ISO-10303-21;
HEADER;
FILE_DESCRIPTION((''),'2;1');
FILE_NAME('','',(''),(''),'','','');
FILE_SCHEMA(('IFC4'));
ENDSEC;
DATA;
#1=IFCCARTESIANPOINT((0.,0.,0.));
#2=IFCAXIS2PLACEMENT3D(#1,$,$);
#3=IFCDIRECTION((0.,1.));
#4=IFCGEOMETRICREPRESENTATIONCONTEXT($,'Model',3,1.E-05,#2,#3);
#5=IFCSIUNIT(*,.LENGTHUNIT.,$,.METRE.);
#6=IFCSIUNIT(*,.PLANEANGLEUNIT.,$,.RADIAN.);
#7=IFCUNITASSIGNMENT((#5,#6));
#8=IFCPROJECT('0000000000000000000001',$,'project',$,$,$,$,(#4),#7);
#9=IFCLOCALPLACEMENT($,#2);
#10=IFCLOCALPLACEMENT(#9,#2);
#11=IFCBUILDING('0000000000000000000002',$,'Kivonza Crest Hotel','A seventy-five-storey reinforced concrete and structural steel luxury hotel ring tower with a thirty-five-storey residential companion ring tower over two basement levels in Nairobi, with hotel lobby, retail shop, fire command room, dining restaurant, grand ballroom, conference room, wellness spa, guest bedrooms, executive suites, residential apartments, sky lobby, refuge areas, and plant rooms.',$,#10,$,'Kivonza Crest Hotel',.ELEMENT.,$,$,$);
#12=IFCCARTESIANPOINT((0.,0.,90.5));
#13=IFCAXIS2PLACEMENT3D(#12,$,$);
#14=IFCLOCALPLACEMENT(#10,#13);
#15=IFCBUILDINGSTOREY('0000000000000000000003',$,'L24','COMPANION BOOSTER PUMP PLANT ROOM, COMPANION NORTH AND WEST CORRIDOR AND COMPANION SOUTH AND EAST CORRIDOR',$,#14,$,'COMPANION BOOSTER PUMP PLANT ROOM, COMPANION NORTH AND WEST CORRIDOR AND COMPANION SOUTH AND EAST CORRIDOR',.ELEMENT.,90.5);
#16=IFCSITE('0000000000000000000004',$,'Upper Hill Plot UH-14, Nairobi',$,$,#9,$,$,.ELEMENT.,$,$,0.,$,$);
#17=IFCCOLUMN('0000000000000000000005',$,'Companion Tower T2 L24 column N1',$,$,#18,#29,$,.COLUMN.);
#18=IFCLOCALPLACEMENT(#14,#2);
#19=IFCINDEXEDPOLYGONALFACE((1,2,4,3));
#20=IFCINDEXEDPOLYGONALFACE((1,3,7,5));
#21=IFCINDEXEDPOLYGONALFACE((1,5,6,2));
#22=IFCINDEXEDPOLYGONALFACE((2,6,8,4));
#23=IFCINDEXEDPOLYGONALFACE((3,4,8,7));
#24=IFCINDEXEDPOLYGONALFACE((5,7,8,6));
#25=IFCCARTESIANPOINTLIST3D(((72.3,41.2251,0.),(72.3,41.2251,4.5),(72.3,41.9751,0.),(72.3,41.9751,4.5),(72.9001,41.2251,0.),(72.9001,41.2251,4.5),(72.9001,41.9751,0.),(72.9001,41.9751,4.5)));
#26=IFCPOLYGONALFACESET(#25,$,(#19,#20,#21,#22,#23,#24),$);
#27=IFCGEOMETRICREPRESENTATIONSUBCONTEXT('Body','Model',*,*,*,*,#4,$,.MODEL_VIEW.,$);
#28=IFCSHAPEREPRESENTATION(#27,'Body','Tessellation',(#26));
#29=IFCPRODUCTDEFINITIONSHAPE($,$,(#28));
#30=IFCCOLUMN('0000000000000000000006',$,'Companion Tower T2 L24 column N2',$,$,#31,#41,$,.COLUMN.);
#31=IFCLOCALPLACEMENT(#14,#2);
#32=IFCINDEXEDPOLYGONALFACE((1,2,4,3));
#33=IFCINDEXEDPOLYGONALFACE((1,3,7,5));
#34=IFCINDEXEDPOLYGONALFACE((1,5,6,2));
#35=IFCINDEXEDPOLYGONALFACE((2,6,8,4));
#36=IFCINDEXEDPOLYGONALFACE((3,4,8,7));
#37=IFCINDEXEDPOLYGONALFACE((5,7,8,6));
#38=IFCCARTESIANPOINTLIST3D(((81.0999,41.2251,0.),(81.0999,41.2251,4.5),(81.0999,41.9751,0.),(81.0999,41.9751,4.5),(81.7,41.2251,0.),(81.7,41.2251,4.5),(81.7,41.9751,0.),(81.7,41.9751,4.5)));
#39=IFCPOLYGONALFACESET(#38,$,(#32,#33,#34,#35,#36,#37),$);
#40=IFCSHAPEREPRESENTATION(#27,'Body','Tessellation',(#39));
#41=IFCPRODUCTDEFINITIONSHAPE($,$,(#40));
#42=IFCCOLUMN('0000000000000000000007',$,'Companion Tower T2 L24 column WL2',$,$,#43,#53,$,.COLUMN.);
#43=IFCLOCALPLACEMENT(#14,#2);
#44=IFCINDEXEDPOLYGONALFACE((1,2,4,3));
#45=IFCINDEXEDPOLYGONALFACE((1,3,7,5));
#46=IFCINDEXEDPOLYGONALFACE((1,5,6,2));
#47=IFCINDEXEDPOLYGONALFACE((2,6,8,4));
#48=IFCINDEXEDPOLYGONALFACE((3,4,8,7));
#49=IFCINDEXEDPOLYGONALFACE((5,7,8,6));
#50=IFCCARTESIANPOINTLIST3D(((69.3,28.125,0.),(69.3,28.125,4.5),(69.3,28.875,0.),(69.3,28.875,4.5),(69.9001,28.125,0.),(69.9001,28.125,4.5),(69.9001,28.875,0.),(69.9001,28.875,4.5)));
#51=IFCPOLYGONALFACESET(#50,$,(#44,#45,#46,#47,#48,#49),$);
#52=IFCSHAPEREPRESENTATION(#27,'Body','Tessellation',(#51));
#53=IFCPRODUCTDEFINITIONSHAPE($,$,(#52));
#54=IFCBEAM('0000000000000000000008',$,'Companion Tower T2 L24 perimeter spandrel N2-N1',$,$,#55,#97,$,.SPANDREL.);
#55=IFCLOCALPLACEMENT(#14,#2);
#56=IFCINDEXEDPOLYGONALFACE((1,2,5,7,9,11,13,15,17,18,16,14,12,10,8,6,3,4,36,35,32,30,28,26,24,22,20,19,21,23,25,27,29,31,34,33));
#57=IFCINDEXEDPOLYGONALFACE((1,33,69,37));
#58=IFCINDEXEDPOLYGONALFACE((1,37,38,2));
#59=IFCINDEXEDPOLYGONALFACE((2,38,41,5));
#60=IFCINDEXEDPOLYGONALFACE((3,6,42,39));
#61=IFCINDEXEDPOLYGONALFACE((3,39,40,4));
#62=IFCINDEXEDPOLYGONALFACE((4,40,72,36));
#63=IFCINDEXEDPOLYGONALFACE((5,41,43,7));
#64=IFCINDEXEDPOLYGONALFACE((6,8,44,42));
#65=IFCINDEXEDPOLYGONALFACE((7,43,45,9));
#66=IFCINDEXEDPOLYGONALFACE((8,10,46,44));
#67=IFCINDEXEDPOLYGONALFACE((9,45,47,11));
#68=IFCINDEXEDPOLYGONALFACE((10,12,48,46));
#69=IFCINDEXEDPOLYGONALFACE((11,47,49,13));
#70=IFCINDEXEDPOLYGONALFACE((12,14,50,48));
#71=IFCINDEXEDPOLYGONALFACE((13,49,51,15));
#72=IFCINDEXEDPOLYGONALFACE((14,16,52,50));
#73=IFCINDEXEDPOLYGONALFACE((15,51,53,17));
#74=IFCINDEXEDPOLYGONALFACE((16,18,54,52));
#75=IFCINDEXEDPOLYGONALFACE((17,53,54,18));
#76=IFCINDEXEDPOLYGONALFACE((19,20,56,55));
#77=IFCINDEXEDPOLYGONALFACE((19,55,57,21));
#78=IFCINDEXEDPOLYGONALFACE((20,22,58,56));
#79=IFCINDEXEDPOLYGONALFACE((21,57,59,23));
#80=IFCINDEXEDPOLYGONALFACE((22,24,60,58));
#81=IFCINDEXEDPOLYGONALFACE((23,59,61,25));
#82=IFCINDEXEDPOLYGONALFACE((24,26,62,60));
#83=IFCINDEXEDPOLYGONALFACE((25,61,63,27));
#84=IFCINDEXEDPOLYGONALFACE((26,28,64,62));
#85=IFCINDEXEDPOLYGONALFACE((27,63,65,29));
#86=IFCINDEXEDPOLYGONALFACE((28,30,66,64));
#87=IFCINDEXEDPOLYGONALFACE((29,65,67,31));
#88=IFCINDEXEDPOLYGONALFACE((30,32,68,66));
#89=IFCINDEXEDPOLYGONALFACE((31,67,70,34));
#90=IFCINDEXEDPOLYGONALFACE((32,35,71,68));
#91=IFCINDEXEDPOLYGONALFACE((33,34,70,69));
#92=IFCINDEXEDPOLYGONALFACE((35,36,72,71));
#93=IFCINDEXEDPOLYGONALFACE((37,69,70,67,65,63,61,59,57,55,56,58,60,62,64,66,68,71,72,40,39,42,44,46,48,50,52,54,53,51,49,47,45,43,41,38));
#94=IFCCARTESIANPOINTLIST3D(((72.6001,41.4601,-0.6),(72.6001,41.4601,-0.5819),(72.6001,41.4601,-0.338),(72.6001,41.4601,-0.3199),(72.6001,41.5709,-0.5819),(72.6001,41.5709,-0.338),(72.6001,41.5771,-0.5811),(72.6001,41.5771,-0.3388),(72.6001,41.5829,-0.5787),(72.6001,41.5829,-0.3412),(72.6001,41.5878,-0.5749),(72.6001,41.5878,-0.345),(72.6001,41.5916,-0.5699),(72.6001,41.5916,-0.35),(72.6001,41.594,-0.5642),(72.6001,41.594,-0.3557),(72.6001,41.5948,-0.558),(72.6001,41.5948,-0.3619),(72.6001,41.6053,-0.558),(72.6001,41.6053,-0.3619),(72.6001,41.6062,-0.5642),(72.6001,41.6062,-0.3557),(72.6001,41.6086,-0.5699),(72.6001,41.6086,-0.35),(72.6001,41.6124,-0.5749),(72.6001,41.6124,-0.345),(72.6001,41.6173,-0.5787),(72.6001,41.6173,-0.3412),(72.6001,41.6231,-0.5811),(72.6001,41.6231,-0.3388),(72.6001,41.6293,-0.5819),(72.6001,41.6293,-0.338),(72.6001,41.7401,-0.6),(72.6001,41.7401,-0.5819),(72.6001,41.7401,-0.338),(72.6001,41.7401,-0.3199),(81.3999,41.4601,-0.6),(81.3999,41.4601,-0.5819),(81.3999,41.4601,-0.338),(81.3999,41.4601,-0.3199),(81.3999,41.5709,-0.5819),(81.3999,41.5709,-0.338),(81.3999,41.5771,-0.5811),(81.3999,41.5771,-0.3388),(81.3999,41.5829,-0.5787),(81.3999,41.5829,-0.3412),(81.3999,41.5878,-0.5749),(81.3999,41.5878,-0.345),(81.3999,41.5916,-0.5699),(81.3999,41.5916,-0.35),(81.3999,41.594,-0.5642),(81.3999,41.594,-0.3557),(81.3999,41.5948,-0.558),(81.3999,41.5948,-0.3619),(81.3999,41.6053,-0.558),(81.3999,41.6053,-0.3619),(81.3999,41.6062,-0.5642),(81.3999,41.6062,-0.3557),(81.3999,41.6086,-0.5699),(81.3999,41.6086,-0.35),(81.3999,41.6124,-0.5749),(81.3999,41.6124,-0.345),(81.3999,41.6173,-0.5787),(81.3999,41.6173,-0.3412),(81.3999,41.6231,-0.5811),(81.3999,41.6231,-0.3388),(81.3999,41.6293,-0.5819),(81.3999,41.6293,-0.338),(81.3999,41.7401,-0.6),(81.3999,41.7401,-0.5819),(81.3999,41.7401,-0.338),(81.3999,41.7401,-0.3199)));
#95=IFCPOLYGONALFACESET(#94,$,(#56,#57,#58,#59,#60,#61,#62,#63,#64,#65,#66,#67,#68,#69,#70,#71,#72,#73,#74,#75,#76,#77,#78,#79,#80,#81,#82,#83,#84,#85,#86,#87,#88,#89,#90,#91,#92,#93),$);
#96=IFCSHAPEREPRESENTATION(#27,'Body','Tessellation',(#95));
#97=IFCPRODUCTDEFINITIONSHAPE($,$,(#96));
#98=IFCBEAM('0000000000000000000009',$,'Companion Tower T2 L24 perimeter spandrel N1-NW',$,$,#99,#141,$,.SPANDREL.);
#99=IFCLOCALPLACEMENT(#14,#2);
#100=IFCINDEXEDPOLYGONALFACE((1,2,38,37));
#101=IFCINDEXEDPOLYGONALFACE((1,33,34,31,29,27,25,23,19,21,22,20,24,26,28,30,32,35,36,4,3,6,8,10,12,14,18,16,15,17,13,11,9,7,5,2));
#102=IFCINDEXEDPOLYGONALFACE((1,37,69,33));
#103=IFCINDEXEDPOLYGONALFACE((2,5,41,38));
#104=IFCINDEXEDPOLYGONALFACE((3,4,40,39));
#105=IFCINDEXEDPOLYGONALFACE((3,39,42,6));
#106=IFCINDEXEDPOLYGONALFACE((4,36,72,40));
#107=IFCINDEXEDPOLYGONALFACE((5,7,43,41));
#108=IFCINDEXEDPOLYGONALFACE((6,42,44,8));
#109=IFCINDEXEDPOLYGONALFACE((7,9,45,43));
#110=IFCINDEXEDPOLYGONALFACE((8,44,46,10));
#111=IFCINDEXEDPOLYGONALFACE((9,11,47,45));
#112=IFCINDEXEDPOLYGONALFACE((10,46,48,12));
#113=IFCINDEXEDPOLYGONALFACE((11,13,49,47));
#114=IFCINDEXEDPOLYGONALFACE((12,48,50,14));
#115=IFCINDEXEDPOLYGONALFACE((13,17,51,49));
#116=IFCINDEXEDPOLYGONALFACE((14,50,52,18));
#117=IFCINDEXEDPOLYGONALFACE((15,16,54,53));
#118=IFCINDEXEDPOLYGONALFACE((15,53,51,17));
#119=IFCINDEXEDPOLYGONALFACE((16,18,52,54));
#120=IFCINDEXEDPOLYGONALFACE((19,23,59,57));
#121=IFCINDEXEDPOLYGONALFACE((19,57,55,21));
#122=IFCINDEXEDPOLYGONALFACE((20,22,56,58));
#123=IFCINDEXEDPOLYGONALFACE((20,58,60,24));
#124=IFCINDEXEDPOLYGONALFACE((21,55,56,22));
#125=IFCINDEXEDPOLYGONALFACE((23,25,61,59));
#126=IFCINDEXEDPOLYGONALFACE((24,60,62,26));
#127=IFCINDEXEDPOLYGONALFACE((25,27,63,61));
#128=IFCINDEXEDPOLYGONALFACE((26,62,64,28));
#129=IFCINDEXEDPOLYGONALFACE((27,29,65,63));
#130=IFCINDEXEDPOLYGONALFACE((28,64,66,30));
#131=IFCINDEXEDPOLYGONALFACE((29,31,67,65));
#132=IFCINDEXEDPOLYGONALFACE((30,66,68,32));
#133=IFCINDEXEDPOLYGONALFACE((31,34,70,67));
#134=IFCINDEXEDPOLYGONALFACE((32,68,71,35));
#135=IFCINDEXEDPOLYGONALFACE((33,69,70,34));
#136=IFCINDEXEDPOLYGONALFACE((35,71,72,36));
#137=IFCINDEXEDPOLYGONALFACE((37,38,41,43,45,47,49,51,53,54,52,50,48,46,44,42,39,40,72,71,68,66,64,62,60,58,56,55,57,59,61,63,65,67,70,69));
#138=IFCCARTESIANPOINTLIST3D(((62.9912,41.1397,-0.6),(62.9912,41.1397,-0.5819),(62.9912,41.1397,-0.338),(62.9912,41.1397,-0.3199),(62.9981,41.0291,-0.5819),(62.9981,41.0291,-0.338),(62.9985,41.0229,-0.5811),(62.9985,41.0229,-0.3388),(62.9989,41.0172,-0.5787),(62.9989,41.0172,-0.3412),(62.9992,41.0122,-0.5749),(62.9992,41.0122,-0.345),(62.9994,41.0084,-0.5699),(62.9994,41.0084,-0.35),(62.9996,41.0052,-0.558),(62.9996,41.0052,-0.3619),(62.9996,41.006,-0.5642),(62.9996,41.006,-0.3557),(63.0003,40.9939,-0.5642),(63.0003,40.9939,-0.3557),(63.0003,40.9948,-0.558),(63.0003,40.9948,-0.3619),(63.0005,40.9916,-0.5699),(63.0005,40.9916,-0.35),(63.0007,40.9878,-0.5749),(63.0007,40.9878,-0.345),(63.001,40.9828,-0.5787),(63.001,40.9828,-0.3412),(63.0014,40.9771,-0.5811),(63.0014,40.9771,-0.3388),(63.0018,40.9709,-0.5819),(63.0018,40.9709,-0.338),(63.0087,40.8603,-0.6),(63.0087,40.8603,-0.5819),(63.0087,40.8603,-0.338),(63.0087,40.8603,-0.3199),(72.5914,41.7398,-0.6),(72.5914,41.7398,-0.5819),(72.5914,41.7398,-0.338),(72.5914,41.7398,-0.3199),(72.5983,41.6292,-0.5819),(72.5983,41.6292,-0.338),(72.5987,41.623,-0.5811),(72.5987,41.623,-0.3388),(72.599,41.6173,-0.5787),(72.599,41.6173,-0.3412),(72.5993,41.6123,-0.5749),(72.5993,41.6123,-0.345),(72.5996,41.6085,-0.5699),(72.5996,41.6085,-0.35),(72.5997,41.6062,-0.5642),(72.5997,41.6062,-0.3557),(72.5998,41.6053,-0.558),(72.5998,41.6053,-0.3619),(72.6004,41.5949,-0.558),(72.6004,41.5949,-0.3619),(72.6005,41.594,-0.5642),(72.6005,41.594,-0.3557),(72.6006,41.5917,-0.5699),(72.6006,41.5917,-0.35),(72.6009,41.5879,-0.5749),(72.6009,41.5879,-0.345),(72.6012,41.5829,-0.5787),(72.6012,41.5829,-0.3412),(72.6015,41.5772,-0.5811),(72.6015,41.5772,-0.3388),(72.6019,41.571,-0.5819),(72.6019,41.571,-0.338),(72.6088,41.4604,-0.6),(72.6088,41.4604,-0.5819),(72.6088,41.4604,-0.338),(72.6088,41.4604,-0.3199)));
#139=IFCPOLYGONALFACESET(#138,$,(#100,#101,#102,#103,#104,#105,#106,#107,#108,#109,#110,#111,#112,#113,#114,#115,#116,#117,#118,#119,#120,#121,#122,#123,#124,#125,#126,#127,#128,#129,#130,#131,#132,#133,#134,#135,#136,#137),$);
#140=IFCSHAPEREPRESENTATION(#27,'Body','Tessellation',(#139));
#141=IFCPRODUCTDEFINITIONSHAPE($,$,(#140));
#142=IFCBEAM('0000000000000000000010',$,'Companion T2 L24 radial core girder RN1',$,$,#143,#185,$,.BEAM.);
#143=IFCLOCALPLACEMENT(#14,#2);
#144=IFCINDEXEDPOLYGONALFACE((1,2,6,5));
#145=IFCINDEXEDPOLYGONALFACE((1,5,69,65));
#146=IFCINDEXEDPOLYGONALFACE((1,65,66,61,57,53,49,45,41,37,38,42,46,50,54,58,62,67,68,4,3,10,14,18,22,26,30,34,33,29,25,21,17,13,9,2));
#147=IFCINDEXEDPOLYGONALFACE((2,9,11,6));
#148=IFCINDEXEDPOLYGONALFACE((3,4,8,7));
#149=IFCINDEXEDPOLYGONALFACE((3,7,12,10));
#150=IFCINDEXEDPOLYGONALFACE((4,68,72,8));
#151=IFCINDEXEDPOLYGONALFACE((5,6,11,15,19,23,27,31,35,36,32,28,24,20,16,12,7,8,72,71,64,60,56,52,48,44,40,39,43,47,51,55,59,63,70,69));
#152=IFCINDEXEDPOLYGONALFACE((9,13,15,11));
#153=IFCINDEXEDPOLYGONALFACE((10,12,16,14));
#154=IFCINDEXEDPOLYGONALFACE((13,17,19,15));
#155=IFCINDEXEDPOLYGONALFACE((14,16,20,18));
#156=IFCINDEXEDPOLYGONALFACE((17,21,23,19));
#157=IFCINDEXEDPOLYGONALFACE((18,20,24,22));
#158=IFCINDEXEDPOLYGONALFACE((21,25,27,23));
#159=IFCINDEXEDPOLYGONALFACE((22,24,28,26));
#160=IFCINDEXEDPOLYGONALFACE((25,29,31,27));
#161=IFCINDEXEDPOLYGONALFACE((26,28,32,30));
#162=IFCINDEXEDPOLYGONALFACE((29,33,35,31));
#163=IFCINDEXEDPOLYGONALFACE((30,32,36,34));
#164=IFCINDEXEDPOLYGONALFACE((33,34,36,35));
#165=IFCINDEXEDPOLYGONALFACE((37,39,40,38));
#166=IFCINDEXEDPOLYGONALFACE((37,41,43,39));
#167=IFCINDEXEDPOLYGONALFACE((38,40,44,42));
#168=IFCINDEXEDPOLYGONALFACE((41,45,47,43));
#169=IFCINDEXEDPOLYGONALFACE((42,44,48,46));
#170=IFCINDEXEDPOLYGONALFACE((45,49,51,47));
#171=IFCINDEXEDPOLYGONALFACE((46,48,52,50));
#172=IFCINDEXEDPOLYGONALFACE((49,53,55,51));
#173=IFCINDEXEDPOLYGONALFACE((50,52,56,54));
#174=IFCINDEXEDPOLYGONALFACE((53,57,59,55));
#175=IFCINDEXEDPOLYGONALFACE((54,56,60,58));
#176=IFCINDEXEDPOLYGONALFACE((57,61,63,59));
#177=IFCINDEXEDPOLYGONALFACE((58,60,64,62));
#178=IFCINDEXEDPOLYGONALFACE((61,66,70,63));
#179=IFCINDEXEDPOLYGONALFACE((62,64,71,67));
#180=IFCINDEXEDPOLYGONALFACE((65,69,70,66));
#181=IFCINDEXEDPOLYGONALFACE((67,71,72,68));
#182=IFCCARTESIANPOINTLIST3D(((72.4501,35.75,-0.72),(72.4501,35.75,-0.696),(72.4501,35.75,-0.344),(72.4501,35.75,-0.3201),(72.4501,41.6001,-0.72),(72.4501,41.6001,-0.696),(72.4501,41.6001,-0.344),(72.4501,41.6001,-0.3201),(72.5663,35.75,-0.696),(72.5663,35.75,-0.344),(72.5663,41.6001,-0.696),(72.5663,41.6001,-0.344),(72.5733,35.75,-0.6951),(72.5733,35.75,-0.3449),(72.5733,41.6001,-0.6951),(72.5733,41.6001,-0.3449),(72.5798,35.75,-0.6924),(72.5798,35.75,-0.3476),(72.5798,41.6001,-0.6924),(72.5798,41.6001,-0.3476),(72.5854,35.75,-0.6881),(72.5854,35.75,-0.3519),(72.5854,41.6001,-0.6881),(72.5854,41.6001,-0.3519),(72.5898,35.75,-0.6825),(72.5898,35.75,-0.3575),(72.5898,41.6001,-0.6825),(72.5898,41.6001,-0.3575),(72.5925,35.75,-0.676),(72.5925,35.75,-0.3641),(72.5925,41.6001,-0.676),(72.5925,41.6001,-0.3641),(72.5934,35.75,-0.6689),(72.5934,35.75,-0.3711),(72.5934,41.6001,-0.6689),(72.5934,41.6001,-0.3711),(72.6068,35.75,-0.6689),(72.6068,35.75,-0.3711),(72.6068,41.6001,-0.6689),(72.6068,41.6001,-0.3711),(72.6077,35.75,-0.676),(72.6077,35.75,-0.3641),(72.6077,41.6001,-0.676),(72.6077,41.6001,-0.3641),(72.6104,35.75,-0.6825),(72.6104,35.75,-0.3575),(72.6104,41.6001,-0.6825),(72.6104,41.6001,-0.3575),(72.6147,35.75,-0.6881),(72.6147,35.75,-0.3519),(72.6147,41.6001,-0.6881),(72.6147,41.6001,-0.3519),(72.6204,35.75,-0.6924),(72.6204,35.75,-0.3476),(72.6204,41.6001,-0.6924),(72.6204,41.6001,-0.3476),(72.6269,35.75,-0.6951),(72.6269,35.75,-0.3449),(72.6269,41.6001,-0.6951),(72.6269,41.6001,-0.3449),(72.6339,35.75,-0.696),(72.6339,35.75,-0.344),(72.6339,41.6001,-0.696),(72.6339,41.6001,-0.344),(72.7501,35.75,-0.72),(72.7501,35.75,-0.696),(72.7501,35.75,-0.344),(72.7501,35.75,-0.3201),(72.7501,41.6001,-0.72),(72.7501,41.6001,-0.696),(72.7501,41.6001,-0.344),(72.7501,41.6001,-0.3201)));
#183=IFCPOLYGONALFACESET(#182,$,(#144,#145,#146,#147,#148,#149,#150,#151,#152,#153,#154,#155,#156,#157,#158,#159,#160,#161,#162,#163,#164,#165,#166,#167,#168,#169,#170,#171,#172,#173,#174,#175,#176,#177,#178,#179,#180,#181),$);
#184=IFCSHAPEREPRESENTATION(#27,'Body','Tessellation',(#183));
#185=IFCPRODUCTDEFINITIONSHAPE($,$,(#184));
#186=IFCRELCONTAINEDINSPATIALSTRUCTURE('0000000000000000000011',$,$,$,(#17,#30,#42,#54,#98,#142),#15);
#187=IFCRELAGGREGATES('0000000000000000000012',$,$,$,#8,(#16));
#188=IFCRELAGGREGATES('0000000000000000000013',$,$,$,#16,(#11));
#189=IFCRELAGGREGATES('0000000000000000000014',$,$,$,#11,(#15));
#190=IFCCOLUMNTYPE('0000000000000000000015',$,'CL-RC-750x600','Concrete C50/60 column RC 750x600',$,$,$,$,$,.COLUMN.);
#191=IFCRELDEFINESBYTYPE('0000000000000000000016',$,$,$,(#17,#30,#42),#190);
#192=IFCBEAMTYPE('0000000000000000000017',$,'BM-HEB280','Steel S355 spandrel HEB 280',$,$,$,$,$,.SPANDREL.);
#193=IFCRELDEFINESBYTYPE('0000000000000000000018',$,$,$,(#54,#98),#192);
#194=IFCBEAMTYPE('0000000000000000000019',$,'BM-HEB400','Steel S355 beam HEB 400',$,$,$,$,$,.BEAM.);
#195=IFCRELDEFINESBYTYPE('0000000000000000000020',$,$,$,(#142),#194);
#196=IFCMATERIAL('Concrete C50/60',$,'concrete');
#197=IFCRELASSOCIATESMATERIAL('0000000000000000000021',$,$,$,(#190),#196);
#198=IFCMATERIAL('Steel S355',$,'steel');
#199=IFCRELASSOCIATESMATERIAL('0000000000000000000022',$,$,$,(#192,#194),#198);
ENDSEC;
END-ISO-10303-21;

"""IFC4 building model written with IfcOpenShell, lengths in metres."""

from ifc_helpers import new_model, si_unit, direction, frame, origin, origin_2d, place, context, subcontext, project, spatial, rectangle, i_section, extrude, material, material_profile, profile_set, type_object, element, save


model = new_model("IFC4")

# Units and contexts
model_context = context("Model", 3, precision=1e-05, world=origin(), true_north=direction((0.0, 1.0)))
body_context = subcontext(model_context, "Body", "Model", "MODEL_VIEW")
ifc_project = project(units=[si_unit("LENGTHUNIT", "METRE"), si_unit("PLANEANGLEUNIT", "RADIAN")], contexts=[model_context])

# Site, building, storey
site_placement = place(None, origin())
site = spatial("IfcSite", under=ifc_project, at=site_placement, Name="Upper Hill Plot UH-14, Nairobi", CompositionType="ELEMENT", RefElevation=0.0)
building_placement = place(site_placement, origin())
building = spatial("IfcBuilding", under=site, at=building_placement, Name="Kivonza Crest Hotel", Description="A seventy-five-storey reinforced concrete and structural steel luxury hotel ring tower with a thirty-five-storey residential companion ring tower over two basement levels in Nairobi, with hotel lobby, retail shop, fire command room, dining restaurant, grand ballroom, conference room, wellness spa, guest bedrooms, executive suites, residential apartments, sky lobby, refuge areas, and plant rooms.", LongName="Kivonza Crest Hotel", CompositionType="ELEMENT")
storey_placement = place(building_placement, frame((0.0, 0.0, 90.5)))
storey = spatial("IfcBuildingStorey", under=building, at=storey_placement, Name="L24", Description="COMPANION BOOSTER PUMP PLANT ROOM, COMPANION NORTH AND WEST CORRIDOR AND COMPANION SOUTH AND EAST CORRIDOR", LongName="COMPANION BOOSTER PUMP PLANT ROOM, COMPANION NORTH AND WEST CORRIDOR AND COMPANION SOUTH AND EAST CORRIDOR", CompositionType="ELEMENT", Elevation=90.5)

# Columns
ifc_material_1 = material(Name="Concrete C50/60", Category="concrete")
ifc_material_profile_1 = material_profile(ifc_material_1, rectangle(XDim=0.6001, YDim=0.75, at=origin_2d()), Name="RC 750x600")
ifc_profile_set_1 = profile_set([ifc_material_profile_1], Name="Concrete C50/60")
column_type = type_object("IfcColumnType", Name="CL-RC-750x600", Description="Concrete C50/60 column RC 750x600", PredefinedType="COLUMN", material=ifc_profile_set_1)
for number, where, z_axis, x_axis, name in (
    (1, (72.6001, 41.6001, 0.0), (0.0, 0.0, 1.0), (1.0, 0.0, 0.0), "Companion Tower T2 L24 column N1"),
    (2, (81.3999, 41.6001, 0.0), (0.0, 0.0, 1.0), (1.0, 0.0, 0.0), "Companion Tower T2 L24 column N2"),
    (3, (69.6001, 28.5, 0.0), (0.0, 0.0, 1.0), (1.0, 0.0, 0.0), "Companion Tower T2 L24 column WL2"),
):
    element("IfcColumn", number, at=place(storey_placement, frame(where, z_axis=z_axis, x_axis=x_axis)), inside=storey, type_object=column_type, Name=name, PredefinedType="COLUMN", context=body_context, shape_type="SweptSolid", body=[
        extrude(rectangle(XDim=0.6001, YDim=0.75, at=origin_2d()), origin(), (0.0, 0.0, 1.0), 4.5),
    ])

# Beams
ifc_material_2 = material(Name="Steel S355", Category="steel")
ifc_material_profile_2 = material_profile(ifc_material_2, i_section(OverallWidth=0.28, OverallDepth=0.28, WebThickness=0.0105, FlangeThickness=0.0181, FilletRadius=0.0239, at=origin_2d()), Name="HEB 280")
ifc_profile_set_2 = profile_set([ifc_material_profile_2], Name="Steel S355")
beam_type_1 = type_object("IfcBeamType", Name="BM-HEB280", Description="Steel S355 spandrel HEB 280", PredefinedType="SPANDREL", material=ifc_profile_set_2)
beam_1_placement = place(storey_placement, frame((81.3999, 41.6001, -0.46), z_axis=(-1.0, 0.0, 0.0), x_axis=(0.0, -1.0, 0.0)))
element("IfcBeam", 4, at=beam_1_placement, inside=storey, type_object=beam_type_1, Name="Companion Tower T2 L24 perimeter spandrel N2-N1", PredefinedType="SPANDREL", context=body_context, shape_type="SweptSolid", body=[
    extrude(i_section(OverallWidth=0.28, OverallDepth=0.28, WebThickness=0.0105, FlangeThickness=0.0181, FilletRadius=0.0239, at=origin_2d()), origin(), (0.0, 0.0, 1.0), 8.7998),
])
beam_2_placement = place(storey_placement, frame((72.6001, 41.6001, -0.46), z_axis=(-0.998052, -0.062388, 0.0), x_axis=(0.062388, -0.998052, 0.0)))
element("IfcBeam", 5, at=beam_2_placement, inside=storey, type_object=beam_type_1, Name="Companion Tower T2 L24 perimeter spandrel N1-NW", PredefinedType="SPANDREL", context=body_context, shape_type="SweptSolid", body=[
    extrude(i_section(OverallWidth=0.28, OverallDepth=0.28, WebThickness=0.0105, FlangeThickness=0.0181, FilletRadius=0.0239, at=origin_2d()), origin(), (0.0, 0.0, 1.0), 9.6189),
])
ifc_material_profile_3 = material_profile(ifc_material_2, i_section(OverallWidth=0.3, OverallDepth=0.3999, WebThickness=0.0134, FlangeThickness=0.0239, FilletRadius=0.0271, at=origin_2d()), Name="HEB 400")
ifc_profile_set_3 = profile_set([ifc_material_profile_3], Name="Steel S355")
beam_type_2 = type_object("IfcBeamType", Name="BM-HEB400", Description="Steel S355 beam HEB 400", PredefinedType="BEAM", material=ifc_profile_set_3)
for number, where, z_axis, x_axis, name in (
    (6, (72.6001, 41.6001, -0.52), (0.0, -1.0, 0.0), (1.0, 0.0, 0.0), "Companion T2 L24 radial core girder RN1"),
):
    element("IfcBeam", number, at=place(storey_placement, frame(where, z_axis=z_axis, x_axis=x_axis)), inside=storey, type_object=beam_type_2, Name=name, PredefinedType="BEAM", context=body_context, shape_type="SweptSolid", body=[
        extrude(i_section(OverallWidth=0.3, OverallDepth=0.3999, WebThickness=0.0134, FlangeThickness=0.0239, FilletRadius=0.0271, at=origin_2d()), origin(), (0.0, 0.0, 1.0), 5.8501),
    ])

save(model, "model.ifc")
